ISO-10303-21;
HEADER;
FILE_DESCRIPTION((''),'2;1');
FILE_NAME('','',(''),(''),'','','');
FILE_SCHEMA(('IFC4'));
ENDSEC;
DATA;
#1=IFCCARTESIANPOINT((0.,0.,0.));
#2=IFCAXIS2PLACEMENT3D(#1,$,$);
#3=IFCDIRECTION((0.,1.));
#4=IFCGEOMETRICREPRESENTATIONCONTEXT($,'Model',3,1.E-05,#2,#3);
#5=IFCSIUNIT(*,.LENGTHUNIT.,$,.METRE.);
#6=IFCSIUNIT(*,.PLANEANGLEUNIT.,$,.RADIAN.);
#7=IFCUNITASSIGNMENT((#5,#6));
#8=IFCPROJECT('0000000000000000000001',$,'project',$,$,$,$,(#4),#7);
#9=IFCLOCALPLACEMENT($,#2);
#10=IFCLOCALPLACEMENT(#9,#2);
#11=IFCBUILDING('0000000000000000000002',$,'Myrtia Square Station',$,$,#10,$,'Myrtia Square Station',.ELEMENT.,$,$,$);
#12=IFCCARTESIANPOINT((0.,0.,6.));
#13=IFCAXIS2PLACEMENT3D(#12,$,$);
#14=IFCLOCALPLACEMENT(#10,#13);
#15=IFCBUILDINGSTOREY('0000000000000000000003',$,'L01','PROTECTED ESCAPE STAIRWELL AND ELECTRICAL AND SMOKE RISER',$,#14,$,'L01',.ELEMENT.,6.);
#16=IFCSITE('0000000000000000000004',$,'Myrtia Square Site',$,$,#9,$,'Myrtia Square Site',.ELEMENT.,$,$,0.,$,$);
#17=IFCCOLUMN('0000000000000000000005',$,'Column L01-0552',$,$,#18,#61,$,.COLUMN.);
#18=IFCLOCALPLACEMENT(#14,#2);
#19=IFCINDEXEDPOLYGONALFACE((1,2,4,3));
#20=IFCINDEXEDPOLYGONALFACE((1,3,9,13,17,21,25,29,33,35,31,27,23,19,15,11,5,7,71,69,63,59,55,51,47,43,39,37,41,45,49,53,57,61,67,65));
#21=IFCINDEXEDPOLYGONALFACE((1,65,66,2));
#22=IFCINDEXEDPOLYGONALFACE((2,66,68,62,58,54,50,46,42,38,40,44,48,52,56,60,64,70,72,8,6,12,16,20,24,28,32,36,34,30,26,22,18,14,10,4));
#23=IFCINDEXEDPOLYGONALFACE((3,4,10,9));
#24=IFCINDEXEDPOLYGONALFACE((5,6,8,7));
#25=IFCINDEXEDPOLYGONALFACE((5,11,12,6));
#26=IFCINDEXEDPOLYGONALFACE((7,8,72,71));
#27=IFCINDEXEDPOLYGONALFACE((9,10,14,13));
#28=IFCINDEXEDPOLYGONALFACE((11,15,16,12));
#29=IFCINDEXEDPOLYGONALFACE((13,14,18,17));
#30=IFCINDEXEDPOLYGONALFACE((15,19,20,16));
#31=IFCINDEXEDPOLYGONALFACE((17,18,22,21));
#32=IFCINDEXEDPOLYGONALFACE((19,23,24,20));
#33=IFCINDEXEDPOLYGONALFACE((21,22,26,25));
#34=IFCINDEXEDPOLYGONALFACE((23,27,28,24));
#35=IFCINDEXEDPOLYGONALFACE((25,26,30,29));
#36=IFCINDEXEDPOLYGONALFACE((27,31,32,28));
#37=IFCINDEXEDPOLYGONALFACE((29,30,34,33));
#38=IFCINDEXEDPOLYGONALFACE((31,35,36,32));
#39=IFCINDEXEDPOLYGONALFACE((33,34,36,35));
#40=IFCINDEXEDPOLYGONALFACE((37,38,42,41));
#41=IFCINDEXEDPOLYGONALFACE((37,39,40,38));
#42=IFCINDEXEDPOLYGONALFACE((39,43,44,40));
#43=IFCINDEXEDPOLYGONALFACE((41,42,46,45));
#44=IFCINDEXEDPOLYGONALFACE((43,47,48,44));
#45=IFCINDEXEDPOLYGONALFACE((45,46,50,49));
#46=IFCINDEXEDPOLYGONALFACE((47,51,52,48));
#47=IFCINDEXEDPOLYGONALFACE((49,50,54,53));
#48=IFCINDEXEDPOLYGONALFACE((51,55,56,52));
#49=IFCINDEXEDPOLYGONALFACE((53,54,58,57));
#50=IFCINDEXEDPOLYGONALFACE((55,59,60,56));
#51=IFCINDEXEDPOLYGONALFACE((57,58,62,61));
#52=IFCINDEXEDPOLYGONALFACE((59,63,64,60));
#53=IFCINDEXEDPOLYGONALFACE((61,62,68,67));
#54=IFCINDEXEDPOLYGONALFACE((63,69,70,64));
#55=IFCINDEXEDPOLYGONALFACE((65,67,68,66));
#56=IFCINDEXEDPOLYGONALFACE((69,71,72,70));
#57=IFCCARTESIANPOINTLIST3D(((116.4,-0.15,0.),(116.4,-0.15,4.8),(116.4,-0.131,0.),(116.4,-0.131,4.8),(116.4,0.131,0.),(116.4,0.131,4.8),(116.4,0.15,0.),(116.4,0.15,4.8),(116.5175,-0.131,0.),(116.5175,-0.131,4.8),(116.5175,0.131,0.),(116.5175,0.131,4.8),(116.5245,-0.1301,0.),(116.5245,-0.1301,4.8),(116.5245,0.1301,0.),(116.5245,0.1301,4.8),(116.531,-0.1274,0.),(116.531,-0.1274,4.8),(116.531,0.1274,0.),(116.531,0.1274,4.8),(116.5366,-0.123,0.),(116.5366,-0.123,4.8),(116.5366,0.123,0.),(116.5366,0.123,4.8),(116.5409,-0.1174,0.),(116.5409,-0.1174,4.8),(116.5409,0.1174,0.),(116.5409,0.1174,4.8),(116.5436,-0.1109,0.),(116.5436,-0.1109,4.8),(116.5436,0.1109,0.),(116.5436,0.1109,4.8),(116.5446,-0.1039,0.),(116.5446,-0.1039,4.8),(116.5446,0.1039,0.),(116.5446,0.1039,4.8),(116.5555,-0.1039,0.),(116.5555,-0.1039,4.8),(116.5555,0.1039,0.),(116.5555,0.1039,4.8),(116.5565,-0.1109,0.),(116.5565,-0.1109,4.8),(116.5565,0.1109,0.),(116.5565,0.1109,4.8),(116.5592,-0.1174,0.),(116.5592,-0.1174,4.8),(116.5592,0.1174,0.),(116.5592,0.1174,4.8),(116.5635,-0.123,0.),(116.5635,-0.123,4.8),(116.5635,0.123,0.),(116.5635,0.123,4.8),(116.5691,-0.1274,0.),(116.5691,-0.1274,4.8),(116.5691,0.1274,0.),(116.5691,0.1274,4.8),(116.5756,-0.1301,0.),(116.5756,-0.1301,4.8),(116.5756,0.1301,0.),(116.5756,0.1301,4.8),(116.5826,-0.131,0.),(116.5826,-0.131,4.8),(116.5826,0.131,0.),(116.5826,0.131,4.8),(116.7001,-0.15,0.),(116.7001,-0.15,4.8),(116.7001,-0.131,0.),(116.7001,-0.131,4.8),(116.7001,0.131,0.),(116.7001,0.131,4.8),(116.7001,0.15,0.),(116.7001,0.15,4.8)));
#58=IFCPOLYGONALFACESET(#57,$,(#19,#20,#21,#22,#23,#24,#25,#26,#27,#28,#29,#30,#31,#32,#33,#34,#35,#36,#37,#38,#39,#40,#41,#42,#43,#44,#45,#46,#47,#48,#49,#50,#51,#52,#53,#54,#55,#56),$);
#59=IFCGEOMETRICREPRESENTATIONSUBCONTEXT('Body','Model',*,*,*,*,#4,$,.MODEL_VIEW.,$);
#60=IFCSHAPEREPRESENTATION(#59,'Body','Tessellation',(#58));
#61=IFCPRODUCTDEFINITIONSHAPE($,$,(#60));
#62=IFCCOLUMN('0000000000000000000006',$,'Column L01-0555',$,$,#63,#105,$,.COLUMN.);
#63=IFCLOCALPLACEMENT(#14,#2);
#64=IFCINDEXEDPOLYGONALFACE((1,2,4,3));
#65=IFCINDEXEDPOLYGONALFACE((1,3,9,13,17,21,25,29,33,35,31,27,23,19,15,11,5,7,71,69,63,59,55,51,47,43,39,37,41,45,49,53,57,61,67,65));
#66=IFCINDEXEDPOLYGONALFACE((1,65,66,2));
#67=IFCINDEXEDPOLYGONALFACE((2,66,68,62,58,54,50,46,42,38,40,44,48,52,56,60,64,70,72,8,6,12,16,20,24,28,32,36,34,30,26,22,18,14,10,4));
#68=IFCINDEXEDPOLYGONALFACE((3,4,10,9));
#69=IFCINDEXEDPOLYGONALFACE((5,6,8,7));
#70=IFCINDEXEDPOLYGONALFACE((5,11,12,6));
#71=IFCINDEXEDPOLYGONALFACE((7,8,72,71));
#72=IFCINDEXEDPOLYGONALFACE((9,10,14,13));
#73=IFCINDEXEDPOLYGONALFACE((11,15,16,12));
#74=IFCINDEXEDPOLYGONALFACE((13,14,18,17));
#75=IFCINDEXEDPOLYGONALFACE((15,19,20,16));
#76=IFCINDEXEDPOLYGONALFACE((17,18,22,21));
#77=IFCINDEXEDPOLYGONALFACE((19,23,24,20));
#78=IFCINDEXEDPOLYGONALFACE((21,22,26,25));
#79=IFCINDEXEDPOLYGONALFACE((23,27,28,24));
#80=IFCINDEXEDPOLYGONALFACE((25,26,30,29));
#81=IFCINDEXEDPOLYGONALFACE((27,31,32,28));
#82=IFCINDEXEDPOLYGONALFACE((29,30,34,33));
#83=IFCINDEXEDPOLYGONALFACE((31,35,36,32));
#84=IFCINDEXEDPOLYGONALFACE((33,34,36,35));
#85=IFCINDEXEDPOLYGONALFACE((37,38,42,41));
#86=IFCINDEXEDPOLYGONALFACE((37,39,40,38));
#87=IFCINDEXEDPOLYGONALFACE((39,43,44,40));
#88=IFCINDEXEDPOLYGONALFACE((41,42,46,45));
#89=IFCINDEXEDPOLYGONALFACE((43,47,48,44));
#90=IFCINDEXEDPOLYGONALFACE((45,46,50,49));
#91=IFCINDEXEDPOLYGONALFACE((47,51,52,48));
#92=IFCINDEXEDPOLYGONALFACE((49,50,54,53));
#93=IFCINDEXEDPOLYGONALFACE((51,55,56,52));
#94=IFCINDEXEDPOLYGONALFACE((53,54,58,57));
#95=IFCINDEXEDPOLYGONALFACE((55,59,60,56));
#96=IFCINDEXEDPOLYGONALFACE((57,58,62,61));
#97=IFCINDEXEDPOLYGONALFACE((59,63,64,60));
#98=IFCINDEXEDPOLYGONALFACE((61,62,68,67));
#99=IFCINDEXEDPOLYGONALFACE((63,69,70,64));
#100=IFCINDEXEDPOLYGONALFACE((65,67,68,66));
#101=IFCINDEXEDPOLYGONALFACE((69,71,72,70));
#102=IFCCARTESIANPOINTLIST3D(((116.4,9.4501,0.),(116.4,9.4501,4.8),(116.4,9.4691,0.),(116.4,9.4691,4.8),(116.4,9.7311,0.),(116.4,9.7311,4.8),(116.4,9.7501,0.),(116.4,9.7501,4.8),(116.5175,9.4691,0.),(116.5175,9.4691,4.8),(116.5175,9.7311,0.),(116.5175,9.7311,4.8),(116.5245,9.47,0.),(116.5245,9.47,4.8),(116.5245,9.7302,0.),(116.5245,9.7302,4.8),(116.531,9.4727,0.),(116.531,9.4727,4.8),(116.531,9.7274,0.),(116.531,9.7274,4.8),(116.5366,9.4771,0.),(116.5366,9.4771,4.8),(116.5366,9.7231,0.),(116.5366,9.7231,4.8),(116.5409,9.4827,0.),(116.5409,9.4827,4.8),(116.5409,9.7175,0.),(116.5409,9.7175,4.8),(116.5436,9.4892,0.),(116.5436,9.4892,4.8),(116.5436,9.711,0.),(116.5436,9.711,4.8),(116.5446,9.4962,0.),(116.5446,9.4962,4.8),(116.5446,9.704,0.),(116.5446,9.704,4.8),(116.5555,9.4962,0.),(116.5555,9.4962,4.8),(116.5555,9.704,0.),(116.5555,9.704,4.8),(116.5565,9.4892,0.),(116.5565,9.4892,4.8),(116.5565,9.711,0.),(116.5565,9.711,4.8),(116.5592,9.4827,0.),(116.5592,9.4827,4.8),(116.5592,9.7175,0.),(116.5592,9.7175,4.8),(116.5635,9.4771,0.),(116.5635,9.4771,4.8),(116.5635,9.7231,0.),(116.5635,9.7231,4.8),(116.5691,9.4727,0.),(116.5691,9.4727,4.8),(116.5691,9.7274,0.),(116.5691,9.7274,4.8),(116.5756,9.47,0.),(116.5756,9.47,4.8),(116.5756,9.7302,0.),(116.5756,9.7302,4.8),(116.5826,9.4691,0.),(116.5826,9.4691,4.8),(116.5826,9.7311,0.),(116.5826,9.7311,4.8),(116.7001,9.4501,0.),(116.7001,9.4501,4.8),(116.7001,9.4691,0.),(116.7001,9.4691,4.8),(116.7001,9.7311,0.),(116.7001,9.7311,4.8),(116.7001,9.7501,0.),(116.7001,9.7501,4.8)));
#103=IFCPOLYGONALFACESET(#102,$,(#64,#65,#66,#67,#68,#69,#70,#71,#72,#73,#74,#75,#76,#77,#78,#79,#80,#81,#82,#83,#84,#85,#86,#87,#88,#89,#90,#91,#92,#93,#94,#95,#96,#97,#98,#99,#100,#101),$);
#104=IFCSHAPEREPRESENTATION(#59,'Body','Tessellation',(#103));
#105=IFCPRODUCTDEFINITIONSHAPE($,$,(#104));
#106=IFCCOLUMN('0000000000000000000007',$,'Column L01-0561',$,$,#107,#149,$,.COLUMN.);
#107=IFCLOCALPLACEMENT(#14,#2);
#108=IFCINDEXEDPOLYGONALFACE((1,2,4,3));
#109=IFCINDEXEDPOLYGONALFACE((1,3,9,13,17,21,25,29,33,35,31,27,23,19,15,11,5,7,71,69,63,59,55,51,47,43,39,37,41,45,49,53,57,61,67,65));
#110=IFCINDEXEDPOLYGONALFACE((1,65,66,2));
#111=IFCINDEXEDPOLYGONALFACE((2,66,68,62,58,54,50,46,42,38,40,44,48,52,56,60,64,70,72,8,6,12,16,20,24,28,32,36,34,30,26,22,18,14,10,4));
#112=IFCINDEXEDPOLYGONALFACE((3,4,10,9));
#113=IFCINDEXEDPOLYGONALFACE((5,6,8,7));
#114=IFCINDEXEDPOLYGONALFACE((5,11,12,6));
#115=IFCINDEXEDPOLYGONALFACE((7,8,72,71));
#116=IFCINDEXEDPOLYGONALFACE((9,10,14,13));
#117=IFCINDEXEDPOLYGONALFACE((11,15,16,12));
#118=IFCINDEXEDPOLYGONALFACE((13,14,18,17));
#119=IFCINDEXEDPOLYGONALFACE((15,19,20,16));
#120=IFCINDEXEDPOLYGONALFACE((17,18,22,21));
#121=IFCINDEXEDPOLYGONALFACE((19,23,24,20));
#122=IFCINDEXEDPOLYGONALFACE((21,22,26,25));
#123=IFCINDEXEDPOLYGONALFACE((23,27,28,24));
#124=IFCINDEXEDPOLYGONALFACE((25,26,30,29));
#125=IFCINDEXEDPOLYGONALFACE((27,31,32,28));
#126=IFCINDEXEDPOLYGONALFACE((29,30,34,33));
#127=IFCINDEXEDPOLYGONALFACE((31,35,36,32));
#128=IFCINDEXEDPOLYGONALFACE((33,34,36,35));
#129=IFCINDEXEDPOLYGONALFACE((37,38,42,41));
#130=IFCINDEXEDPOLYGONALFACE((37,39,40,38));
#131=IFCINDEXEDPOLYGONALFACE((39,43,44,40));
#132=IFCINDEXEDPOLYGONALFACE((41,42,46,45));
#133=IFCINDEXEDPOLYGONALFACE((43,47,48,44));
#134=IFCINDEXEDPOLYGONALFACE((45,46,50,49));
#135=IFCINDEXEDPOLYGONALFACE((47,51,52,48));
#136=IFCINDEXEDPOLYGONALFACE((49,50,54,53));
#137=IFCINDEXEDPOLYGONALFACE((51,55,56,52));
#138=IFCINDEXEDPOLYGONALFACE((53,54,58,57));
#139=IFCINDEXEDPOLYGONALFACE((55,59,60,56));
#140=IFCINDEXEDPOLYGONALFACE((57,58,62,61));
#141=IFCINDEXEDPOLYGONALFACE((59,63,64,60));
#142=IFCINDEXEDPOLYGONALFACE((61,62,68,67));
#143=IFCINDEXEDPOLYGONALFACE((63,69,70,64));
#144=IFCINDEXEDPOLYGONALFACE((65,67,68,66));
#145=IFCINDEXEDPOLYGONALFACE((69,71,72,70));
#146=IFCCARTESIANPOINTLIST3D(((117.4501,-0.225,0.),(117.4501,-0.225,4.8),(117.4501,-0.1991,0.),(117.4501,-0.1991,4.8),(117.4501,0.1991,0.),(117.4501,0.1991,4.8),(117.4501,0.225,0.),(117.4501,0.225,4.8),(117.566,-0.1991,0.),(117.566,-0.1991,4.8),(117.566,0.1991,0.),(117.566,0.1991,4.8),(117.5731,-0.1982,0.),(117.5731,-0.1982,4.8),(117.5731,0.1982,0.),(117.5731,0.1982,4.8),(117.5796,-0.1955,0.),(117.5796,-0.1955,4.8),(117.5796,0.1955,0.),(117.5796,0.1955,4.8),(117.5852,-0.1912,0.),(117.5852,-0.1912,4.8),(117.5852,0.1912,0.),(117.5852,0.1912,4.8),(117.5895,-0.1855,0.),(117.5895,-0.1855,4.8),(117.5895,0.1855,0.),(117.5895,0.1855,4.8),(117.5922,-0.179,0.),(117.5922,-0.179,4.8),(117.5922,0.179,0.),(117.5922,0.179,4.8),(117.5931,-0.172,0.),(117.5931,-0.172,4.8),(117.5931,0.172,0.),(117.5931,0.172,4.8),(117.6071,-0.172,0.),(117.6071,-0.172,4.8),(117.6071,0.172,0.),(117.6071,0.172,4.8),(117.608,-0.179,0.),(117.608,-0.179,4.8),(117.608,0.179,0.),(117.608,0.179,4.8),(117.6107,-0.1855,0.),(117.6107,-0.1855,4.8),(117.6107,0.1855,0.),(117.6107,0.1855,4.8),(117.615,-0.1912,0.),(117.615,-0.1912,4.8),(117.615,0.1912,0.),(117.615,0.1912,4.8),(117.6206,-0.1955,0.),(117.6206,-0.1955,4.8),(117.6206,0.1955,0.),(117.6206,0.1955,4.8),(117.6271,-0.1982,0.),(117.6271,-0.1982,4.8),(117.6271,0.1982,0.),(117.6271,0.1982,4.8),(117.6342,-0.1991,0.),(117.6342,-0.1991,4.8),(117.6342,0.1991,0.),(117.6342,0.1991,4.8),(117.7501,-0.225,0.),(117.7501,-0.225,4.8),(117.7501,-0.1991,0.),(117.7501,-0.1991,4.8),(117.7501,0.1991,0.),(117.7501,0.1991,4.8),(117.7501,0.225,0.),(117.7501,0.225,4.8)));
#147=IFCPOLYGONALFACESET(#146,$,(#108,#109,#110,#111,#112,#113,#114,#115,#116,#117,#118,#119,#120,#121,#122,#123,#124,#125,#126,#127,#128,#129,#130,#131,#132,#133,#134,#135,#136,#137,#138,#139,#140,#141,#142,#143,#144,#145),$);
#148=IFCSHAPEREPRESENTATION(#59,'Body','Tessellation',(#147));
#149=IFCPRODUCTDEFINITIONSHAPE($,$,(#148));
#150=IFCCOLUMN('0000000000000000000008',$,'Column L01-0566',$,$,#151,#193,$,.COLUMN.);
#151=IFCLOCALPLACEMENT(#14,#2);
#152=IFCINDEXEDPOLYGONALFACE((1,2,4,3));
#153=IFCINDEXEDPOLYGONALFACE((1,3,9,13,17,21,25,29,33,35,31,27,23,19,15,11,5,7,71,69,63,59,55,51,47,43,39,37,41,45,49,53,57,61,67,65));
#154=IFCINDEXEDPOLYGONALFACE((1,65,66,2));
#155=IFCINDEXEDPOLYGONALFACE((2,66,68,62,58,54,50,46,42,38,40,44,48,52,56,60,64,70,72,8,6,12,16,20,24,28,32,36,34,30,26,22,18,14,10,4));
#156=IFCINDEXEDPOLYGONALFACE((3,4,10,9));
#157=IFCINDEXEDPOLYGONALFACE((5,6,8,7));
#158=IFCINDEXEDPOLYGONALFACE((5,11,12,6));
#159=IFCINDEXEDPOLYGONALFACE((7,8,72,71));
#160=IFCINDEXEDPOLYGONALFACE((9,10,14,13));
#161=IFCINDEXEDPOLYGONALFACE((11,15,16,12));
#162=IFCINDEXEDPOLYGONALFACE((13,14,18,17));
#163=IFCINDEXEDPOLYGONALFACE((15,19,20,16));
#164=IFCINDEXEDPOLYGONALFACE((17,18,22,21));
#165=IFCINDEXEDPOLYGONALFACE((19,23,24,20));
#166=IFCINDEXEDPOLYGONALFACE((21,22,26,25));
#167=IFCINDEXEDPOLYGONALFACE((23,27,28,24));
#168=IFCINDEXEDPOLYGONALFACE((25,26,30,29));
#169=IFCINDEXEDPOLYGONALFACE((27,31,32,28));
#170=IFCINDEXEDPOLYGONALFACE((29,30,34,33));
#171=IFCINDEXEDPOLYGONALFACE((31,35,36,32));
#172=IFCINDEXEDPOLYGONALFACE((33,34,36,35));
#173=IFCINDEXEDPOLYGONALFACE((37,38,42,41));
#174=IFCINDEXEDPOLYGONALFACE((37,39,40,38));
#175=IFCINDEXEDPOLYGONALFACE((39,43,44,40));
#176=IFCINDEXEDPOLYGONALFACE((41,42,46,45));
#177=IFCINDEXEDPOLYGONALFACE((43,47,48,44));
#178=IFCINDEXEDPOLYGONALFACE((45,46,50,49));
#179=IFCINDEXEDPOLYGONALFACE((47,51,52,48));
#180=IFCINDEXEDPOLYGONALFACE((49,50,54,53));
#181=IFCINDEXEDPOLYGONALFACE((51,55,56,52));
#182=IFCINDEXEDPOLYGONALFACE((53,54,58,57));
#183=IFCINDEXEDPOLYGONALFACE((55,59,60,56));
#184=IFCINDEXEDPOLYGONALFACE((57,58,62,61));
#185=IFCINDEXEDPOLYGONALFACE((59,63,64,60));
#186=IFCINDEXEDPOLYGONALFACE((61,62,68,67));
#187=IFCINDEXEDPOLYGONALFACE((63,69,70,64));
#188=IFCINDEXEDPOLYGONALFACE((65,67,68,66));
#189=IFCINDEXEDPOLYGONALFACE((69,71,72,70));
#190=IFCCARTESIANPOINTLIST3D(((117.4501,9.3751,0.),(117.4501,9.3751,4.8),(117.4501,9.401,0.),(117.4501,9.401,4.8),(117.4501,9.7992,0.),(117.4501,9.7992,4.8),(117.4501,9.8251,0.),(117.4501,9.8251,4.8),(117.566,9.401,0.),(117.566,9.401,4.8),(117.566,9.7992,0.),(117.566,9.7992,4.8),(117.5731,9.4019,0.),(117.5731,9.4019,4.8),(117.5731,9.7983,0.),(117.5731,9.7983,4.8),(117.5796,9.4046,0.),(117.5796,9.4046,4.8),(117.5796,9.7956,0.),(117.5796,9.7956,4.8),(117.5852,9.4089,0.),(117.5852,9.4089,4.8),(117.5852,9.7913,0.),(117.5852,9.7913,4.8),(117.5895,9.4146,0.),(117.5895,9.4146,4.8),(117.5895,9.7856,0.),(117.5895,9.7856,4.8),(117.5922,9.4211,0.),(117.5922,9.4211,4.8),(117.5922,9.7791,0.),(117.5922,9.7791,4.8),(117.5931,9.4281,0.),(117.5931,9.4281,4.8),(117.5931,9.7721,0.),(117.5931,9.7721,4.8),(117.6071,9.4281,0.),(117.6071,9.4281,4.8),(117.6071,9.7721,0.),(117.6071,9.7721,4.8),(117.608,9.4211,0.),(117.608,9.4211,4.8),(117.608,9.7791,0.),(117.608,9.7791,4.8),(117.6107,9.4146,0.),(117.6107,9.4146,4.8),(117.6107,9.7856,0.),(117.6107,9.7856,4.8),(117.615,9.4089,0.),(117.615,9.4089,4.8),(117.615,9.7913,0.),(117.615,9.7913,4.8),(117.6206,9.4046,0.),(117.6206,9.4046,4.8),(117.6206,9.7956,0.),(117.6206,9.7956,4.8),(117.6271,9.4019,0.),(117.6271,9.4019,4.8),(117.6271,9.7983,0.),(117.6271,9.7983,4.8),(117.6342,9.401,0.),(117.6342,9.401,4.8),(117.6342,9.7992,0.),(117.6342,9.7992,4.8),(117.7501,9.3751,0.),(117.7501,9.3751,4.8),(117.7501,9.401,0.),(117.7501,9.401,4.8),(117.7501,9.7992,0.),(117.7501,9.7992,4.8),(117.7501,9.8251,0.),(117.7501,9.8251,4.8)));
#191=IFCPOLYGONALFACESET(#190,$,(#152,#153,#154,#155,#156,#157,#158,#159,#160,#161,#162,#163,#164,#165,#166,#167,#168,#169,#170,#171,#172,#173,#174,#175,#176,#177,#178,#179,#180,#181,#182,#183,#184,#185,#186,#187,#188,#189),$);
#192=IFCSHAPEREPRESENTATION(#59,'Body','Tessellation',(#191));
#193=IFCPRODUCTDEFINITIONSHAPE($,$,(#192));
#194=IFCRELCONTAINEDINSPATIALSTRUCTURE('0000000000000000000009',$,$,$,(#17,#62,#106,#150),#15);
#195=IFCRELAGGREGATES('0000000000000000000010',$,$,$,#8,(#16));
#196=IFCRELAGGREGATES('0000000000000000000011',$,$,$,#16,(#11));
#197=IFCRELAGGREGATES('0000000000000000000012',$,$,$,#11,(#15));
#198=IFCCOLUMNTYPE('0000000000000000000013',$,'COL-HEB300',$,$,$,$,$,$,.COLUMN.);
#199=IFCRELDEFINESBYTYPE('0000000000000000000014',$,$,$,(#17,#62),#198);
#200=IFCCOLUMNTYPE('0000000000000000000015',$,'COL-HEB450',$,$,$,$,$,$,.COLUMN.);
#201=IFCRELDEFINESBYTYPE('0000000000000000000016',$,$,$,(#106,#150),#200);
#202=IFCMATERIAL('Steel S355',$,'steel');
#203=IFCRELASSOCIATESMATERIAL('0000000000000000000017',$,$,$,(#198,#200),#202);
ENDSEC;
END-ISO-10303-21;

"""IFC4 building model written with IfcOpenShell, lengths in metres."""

from ifc_helpers import new_model, si_unit, direction, frame, origin, origin_2d, place, context, subcontext, project, spatial, i_section, extrude, material, material_profile, profile_set, type_object, element, save


model = new_model("IFC4")

# Units and contexts
model_context = context("Model", 3, precision=1e-05, world=origin(), true_north=direction((0.0, 1.0)))
body_context = subcontext(model_context, "Body", "Model", "MODEL_VIEW")
ifc_project = project(units=[si_unit("LENGTHUNIT", "METRE"), si_unit("PLANEANGLEUNIT", "RADIAN")], contexts=[model_context])

# Site, building, storey
site_placement = place(None, origin())
site = spatial("IfcSite", under=ifc_project, at=site_placement, Name="Myrtia Square Site", LongName="Myrtia Square Site", CompositionType="ELEMENT", RefElevation=0.0)
building_placement = place(site_placement, origin())
building = spatial("IfcBuilding", under=site, at=building_placement, Name="Myrtia Square Station", LongName="Myrtia Square Station", CompositionType="ELEMENT")
storey_placement = place(building_placement, frame((0.0, 0.0, 6.0)))
storey = spatial("IfcBuildingStorey", under=building, at=storey_placement, Name="L01", Description="PROTECTED ESCAPE STAIRWELL AND ELECTRICAL AND SMOKE RISER", LongName="L01", CompositionType="ELEMENT", Elevation=6.0)

# Columns
ifc_material_1 = material(Name="Steel S355", Category="steel")
ifc_material_profile_1 = material_profile(ifc_material_1, i_section(OverallWidth=0.3, OverallDepth=0.3, WebThickness=0.011, FlangeThickness=0.019, FilletRadius=0.0271, at=origin_2d()), Name="HEB 300")
ifc_profile_set_1 = profile_set([ifc_material_profile_1], Name="Steel S355")
column_type_1 = type_object("IfcColumnType", Name="COL-HEB300", PredefinedType="COLUMN", material=ifc_profile_set_1)
for number, where, z_axis, x_axis, name in (
    (1, (116.55, 0.0, 0.0), (0.0, 0.0, 1.0), (1.0, 0.0, 0.0), "Column L01-0552"),
    (2, (116.55, 9.6001, 0.0), (0.0, 0.0, 1.0), (1.0, 0.0, 0.0), "Column L01-0555"),
):
    element("IfcColumn", number, at=place(storey_placement, frame(where, z_axis=z_axis, x_axis=x_axis)), inside=storey, type_object=column_type_1, Name=name, PredefinedType="COLUMN", context=body_context, shape_type="SweptSolid", body=[
        extrude(i_section(OverallWidth=0.3, OverallDepth=0.3, WebThickness=0.011, FlangeThickness=0.019, FilletRadius=0.0271, at=origin_2d()), origin(), (0.0, 0.0, 1.0), 4.8),
    ])
ifc_material_profile_2 = material_profile(ifc_material_1, i_section(OverallWidth=0.3, OverallDepth=0.45, WebThickness=0.0139, FlangeThickness=0.0259, FilletRadius=0.0271, at=origin_2d()), Name="HEB 450")
ifc_profile_set_2 = profile_set([ifc_material_profile_2], Name="Steel S355")
column_type_2 = type_object("IfcColumnType", Name="COL-HEB450", PredefinedType="COLUMN", material=ifc_profile_set_2)
for number, where, z_axis, x_axis, name in (
    (3, (117.6001, 0.0, 0.0), (0.0, 0.0, 1.0), (1.0, 0.0, 0.0), "Column L01-0561"),
    (4, (117.6001, 9.6001, 0.0), (0.0, 0.0, 1.0), (1.0, 0.0, 0.0), "Column L01-0566"),
):
    element("IfcColumn", number, at=place(storey_placement, frame(where, z_axis=z_axis, x_axis=x_axis)), inside=storey, type_object=column_type_2, Name=name, PredefinedType="COLUMN", context=body_context, shape_type="SweptSolid", body=[
        extrude(i_section(OverallWidth=0.3, OverallDepth=0.45, WebThickness=0.0139, FlangeThickness=0.0259, FilletRadius=0.0271, at=origin_2d()), origin(), (0.0, 0.0, 1.0), 4.8),
    ])

save(model, "model.ifc")
